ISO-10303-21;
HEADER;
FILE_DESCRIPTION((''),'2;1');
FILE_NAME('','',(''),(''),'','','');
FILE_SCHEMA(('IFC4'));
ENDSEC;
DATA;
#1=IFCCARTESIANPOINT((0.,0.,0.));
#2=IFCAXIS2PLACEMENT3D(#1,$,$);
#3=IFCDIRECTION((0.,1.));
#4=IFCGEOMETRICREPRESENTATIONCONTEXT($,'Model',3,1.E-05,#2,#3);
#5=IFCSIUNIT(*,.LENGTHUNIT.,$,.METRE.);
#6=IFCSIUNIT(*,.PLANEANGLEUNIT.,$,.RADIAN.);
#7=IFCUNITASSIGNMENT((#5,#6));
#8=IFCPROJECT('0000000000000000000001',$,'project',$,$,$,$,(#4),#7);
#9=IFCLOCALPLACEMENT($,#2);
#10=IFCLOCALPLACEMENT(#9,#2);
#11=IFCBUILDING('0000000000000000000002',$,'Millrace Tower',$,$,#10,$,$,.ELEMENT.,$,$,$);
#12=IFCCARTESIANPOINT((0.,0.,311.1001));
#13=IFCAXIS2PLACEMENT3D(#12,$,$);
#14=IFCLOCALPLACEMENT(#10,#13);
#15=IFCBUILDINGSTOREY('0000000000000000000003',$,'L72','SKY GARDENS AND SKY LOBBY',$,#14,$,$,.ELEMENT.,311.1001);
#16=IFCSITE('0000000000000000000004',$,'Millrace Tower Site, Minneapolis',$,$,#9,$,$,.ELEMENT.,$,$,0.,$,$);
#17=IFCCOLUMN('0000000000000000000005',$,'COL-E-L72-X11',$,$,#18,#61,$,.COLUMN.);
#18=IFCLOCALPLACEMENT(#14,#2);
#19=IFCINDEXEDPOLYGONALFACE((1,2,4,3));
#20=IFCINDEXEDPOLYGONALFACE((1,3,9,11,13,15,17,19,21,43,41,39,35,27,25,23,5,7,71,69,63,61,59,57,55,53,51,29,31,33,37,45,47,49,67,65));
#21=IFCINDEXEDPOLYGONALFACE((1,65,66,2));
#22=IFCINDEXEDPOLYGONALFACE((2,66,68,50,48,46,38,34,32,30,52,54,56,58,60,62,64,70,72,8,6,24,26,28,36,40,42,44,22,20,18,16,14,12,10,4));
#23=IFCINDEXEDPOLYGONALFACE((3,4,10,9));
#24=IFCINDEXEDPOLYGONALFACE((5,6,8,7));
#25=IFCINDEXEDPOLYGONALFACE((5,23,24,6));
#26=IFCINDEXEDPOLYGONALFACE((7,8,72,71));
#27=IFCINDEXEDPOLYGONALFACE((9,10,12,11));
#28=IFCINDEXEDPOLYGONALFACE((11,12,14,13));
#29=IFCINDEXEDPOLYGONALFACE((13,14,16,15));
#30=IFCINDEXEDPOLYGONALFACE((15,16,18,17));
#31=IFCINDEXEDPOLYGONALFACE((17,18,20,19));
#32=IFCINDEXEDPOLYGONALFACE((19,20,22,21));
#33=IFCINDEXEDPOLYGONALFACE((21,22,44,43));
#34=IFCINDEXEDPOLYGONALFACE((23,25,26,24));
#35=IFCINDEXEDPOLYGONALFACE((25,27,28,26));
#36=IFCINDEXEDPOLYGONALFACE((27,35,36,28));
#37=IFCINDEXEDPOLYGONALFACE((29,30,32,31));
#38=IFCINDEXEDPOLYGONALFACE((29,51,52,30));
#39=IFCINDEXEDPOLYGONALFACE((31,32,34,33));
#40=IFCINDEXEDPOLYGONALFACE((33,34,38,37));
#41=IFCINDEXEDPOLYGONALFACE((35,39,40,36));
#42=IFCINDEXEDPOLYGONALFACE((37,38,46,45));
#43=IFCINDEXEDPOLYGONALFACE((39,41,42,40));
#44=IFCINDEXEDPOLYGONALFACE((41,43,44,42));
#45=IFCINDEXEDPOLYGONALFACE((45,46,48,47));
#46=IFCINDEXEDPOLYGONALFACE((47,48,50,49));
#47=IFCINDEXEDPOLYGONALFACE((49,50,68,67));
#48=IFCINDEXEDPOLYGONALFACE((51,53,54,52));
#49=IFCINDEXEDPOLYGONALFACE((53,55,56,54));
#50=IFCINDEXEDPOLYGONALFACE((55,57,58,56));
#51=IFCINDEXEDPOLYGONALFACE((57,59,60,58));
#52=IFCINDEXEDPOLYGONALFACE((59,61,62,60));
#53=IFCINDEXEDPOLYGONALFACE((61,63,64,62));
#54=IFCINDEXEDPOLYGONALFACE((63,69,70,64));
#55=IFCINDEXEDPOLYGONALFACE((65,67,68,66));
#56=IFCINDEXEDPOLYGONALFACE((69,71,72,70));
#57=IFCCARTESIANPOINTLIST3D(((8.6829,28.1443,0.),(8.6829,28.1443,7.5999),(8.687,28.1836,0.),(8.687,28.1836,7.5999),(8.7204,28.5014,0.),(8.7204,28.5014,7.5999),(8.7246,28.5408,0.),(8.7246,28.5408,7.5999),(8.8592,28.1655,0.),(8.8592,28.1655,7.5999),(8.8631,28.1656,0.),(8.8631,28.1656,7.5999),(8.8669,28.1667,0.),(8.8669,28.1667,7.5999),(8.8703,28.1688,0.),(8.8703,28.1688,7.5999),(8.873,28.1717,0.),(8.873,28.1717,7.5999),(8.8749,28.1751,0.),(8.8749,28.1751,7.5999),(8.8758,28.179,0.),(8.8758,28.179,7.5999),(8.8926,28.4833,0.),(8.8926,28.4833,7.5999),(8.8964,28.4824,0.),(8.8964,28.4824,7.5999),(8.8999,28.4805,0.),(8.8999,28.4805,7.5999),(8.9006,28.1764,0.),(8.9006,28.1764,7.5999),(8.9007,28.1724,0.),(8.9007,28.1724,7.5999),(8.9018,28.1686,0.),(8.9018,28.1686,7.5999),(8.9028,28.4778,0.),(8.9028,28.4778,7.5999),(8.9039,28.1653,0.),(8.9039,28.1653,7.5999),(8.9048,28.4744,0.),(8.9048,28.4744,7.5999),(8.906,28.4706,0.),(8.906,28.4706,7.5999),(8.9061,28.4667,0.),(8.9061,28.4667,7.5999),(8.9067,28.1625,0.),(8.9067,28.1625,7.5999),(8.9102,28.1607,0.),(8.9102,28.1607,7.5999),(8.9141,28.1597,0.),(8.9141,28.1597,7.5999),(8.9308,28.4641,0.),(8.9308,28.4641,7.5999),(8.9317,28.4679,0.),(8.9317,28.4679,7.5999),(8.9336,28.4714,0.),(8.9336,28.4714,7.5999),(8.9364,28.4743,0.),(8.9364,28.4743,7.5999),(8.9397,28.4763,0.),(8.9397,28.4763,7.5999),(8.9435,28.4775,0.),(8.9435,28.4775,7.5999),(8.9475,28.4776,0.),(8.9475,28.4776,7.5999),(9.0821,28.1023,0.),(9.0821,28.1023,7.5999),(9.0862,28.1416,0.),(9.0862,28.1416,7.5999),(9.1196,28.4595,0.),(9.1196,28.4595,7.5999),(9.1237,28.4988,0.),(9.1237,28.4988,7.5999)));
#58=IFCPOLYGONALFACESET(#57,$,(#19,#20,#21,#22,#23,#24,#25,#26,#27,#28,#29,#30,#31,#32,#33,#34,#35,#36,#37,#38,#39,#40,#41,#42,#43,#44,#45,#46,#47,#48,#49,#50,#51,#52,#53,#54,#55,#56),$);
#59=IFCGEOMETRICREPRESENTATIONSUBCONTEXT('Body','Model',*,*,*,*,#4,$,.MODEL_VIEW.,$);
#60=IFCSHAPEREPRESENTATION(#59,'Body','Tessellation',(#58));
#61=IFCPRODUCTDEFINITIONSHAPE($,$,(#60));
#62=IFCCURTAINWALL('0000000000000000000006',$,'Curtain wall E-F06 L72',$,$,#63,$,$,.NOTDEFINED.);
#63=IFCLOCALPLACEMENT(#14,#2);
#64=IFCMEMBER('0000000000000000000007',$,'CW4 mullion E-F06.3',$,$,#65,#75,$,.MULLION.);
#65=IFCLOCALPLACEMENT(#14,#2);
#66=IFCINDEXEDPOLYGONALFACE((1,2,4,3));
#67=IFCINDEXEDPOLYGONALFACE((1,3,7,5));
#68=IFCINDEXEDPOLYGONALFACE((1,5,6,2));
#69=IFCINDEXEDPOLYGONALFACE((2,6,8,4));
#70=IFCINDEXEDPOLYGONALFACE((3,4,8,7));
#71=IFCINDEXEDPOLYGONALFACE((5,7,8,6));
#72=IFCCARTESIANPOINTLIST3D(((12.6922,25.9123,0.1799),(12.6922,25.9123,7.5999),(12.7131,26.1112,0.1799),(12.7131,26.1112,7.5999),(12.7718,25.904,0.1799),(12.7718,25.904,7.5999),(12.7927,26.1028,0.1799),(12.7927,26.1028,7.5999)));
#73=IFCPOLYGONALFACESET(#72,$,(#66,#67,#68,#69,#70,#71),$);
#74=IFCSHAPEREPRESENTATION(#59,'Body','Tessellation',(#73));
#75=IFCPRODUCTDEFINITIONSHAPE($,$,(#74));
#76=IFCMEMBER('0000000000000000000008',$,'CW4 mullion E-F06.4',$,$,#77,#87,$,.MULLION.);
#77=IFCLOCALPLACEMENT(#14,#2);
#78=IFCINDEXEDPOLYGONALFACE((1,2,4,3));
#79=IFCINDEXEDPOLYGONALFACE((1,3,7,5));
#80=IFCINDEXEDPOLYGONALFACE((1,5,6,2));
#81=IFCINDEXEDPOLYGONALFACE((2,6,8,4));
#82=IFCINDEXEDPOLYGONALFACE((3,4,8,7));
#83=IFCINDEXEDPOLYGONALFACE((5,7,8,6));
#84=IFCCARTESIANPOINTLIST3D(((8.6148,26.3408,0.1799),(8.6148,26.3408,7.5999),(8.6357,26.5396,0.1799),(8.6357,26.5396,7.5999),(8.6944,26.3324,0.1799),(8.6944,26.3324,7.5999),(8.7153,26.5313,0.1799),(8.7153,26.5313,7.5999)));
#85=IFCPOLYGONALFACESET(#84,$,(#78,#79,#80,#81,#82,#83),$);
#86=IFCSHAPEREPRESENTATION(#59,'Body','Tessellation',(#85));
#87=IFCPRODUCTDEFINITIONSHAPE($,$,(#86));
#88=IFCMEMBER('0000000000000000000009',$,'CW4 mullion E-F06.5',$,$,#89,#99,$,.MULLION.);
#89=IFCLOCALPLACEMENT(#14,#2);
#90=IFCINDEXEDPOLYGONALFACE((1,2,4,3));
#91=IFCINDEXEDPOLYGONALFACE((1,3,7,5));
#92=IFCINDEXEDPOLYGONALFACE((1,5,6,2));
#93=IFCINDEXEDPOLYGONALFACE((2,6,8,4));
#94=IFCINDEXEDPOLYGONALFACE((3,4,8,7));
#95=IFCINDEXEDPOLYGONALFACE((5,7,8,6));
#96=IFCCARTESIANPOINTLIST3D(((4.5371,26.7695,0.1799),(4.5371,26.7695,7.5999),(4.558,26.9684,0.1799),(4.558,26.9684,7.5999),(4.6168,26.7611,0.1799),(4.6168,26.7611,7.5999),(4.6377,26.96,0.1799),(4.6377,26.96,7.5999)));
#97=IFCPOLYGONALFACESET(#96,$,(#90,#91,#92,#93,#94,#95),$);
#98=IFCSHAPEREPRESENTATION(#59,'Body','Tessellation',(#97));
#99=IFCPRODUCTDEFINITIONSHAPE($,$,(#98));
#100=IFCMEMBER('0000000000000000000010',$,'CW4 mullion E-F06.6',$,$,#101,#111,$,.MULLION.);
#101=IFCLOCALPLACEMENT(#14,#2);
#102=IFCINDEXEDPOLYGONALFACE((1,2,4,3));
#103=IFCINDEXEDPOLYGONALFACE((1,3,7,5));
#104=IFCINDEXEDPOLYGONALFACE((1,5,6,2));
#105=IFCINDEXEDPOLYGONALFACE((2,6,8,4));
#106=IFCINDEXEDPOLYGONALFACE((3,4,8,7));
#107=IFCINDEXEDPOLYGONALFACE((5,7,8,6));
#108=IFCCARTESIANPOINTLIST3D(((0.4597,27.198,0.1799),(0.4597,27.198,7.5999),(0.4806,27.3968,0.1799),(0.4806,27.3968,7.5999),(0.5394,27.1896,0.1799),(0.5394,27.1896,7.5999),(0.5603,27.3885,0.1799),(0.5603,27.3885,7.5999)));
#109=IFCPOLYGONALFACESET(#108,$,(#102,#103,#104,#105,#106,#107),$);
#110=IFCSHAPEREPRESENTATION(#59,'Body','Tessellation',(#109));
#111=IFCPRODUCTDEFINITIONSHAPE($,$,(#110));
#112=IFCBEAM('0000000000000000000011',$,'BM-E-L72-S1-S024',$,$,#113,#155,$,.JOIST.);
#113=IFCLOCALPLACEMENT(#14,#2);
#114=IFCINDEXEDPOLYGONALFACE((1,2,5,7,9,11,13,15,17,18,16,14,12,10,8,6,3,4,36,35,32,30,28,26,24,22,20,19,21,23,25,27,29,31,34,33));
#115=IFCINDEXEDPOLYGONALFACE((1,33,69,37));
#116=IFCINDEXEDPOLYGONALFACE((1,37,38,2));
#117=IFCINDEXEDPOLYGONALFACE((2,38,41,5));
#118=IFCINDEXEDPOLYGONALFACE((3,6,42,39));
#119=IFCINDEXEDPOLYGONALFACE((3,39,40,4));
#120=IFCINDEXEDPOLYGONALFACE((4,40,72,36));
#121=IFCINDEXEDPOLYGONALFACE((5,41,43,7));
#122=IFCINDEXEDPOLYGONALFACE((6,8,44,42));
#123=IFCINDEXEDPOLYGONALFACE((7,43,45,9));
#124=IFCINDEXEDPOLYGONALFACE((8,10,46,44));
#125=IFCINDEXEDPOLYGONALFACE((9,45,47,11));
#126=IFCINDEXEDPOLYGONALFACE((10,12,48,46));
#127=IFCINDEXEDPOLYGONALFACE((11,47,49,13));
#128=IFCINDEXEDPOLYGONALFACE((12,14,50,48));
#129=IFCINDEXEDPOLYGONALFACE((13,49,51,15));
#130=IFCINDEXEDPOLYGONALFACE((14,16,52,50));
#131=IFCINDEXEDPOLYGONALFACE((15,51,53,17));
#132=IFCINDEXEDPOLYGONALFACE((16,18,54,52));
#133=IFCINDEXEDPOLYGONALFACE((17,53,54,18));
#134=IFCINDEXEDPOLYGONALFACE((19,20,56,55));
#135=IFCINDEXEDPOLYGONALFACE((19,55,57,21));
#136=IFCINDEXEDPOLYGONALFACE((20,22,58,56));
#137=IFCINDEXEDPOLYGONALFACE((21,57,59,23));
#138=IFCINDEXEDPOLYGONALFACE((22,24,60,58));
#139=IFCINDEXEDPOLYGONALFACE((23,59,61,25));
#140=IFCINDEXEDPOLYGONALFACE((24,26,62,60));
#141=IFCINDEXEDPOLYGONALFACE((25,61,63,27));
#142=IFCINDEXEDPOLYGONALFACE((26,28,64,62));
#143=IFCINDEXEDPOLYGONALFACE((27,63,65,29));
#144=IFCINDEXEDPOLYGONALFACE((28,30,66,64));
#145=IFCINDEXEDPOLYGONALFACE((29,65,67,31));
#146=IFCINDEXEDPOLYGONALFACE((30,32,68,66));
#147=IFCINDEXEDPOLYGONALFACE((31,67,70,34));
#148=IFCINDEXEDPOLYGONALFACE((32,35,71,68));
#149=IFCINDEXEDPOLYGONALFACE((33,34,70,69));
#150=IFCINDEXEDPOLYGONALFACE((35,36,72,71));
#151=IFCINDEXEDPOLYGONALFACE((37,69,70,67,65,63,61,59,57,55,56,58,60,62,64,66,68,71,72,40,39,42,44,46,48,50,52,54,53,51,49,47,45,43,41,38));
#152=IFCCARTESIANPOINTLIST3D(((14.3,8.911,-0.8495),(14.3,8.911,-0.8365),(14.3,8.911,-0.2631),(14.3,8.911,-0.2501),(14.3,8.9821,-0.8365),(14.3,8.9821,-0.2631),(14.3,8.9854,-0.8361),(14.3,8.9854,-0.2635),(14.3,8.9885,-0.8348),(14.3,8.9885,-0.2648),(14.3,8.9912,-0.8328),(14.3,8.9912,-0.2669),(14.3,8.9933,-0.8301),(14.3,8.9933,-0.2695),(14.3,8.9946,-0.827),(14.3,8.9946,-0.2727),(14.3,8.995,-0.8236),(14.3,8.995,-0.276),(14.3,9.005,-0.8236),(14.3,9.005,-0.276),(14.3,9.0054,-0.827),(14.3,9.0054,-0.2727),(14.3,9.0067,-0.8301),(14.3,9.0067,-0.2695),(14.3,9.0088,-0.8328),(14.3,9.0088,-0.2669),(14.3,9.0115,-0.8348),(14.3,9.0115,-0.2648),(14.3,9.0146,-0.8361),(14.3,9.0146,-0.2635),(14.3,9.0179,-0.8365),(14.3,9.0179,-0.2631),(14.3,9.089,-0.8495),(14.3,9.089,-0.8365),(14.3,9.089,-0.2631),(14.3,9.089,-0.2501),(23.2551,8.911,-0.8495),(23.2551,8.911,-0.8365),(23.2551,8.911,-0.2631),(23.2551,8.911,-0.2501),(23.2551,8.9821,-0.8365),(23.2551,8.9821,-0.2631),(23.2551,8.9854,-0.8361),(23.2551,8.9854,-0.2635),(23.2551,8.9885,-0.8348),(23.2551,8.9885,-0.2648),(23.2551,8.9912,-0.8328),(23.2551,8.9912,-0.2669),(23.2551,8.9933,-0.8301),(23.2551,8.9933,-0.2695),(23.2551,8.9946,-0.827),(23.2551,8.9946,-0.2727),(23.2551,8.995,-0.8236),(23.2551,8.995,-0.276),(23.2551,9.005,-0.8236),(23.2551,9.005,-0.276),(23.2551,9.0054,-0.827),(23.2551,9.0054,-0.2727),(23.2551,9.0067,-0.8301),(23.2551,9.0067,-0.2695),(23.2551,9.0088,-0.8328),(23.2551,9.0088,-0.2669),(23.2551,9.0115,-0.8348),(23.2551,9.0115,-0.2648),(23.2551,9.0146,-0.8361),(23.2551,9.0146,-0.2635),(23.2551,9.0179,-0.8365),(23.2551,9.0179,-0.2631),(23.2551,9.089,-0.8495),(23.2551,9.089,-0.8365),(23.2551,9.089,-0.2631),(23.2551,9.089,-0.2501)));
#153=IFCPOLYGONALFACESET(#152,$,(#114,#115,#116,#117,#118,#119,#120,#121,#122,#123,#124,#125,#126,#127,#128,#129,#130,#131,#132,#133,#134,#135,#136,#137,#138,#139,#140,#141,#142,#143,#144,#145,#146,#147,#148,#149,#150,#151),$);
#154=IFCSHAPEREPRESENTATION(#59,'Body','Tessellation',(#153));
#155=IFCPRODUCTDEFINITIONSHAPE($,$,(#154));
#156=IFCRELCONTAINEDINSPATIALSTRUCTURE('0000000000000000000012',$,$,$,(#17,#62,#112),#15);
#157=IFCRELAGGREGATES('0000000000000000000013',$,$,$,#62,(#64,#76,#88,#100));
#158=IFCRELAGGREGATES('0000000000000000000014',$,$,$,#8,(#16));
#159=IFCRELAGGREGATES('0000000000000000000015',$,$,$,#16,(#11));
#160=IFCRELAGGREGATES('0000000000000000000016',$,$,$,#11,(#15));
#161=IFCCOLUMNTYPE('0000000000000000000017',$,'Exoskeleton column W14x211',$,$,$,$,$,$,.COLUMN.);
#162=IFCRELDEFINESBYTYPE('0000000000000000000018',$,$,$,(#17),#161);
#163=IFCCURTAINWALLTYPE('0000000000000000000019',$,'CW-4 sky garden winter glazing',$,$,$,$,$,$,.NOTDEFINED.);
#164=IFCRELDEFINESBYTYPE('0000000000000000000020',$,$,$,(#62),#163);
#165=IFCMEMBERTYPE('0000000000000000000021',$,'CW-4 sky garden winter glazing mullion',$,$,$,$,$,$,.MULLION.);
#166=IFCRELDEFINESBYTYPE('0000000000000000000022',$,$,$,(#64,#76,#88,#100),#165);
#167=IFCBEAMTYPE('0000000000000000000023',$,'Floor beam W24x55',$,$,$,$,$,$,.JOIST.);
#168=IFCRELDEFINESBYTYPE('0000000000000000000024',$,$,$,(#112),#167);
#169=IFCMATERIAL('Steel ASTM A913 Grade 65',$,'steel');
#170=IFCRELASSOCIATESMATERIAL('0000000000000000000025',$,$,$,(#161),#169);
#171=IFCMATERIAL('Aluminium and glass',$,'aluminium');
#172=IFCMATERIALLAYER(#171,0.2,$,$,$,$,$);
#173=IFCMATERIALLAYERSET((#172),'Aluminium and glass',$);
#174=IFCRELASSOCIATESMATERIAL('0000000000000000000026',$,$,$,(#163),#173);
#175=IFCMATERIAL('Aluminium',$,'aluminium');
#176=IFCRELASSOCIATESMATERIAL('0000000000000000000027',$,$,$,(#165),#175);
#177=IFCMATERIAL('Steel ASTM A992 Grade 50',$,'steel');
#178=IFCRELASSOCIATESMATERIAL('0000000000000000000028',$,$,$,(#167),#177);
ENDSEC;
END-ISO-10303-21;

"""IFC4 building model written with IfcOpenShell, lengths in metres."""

from ifc_helpers import new_model, si_unit, direction, frame, origin, origin_2d, place, context, subcontext, project, spatial, rectangle, i_section, extrude, material, layer, layer_set, material_profile, profile_set, type_object, element, aggregate, save


model = new_model("IFC4")

# Units and contexts
model_context = context("Model", 3, precision=1e-05, world=origin(), true_north=direction((0.0, 1.0)))
body_context = subcontext(model_context, "Body", "Model", "MODEL_VIEW")
ifc_project = project(units=[si_unit("LENGTHUNIT", "METRE"), si_unit("PLANEANGLEUNIT", "RADIAN")], contexts=[model_context])

# Site, building, storey
site_placement = place(None, origin())
site = spatial("IfcSite", under=ifc_project, at=site_placement, Name="Millrace Tower Site, Minneapolis", CompositionType="ELEMENT", RefElevation=0.0)
building_placement = place(site_placement, origin())
building = spatial("IfcBuilding", under=site, at=building_placement, Name="Millrace Tower", CompositionType="ELEMENT")
storey_placement = place(building_placement, frame((0.0, 0.0, 311.1001)))
storey = spatial("IfcBuildingStorey", under=building, at=storey_placement, Name="L72", Description="SKY GARDENS AND SKY LOBBY", CompositionType="ELEMENT", Elevation=311.1001)

# Column
ifc_material_1 = material(Name="Steel ASTM A913 Grade 65", Category="steel")
ifc_material_profile_1 = material_profile(ifc_material_1, i_section(OverallWidth=0.4014, OverallDepth=0.3987, WebThickness=0.0249, FlangeThickness=0.0396, FilletRadius=0.0151, at=origin_2d()))
ifc_profile_set_1 = profile_set([ifc_material_profile_1], Name="Steel ASTM A913 Grade 65")
column_type = type_object("IfcColumnType", Name="Exoskeleton column W14x211", PredefinedType="COLUMN", material=ifc_profile_set_1)
column_placement = place(storey_placement, frame((8.9033, 28.3215, 0.0), z_axis=(0.0, 0.0, 1.0), x_axis=(-0.994522, 0.104528, 0.0)))
element("IfcColumn", 1, at=column_placement, inside=storey, type_object=column_type, Name="COL-E-L72-X11", PredefinedType="COLUMN", context=body_context, shape_type="SweptSolid", body=[
    extrude(i_section(OverallWidth=0.4014, OverallDepth=0.3987, WebThickness=0.0249, FlangeThickness=0.0396, FilletRadius=0.0151, at=origin_2d()), origin(), (0.0, 0.0, 1.0), 7.5999),
])

# Curtain wall, members
ifc_material_2 = material(Name="Aluminium and glass", Category="aluminium")
ifc_layer_1 = layer(ifc_material_2, 0.2)
ifc_layer_set_1 = layer_set([ifc_layer_1], Name="Aluminium and glass")
curtain_wall_type = type_object("IfcCurtainWallType", Name="CW-4 sky garden winter glazing", PredefinedType="NOTDEFINED", material=ifc_layer_set_1)
curtain_wall_placement = place(storey_placement, origin())
curtain_wall = element("IfcCurtainWall", 2, at=curtain_wall_placement, inside=storey, type_object=curtain_wall_type, Name="Curtain wall E-F06 L72", PredefinedType="NOTDEFINED")
ifc_material_3 = material(Name="Aluminium", Category="aluminium")
ifc_material_profile_2 = material_profile(ifc_material_3, rectangle(XDim=0.0801, YDim=0.2, at=origin_2d()))
ifc_profile_set_2 = profile_set([ifc_material_profile_2], Name="Aluminium")
member_type = type_object("IfcMemberType", Name="CW-4 sky garden winter glazing mullion", PredefinedType="MULLION", material=ifc_profile_set_2)
member_1_placement = place(storey_placement, frame((12.7424, 26.0076, 0.1799), z_axis=(0.0, 0.0, 1.0), x_axis=(-0.994522, 0.104528, 0.0)))
member_1 = element("IfcMember", 3, at=member_1_placement, type_object=member_type, Name="CW4 mullion E-F06.3", PredefinedType="MULLION", context=body_context, shape_type="SweptSolid", body=[
    extrude(rectangle(XDim=0.0801, YDim=0.2, at=origin_2d()), origin(), (0.0, 0.0, 1.0), 7.4199),
])
member_2_placement = place(storey_placement, frame((8.665, 26.436, 0.1799), z_axis=(0.0, 0.0, 1.0), x_axis=(-0.994522, 0.104528, 0.0)))
member_2 = element("IfcMember", 4, at=member_2_placement, type_object=member_type, Name="CW4 mullion E-F06.4", PredefinedType="MULLION", context=body_context, shape_type="SweptSolid", body=[
    extrude(rectangle(XDim=0.0801, YDim=0.2, at=origin_2d()), origin(), (0.0, 0.0, 1.0), 7.4199),
])
member_3_placement = place(storey_placement, frame((4.5874, 26.8647, 0.1799), z_axis=(0.0, 0.0, 1.0), x_axis=(-0.994522, 0.104528, 0.0)))
member_3 = element("IfcMember", 5, at=member_3_placement, type_object=member_type, Name="CW4 mullion E-F06.5", PredefinedType="MULLION", context=body_context, shape_type="SweptSolid", body=[
    extrude(rectangle(XDim=0.0801, YDim=0.2, at=origin_2d()), origin(), (0.0, 0.0, 1.0), 7.4199),
])
member_4_placement = place(storey_placement, frame((0.51, 27.2932, 0.1799), z_axis=(0.0, 0.0, 1.0), x_axis=(-0.994522, 0.104528, 0.0)))
member_4 = element("IfcMember", 6, at=member_4_placement, type_object=member_type, Name="CW4 mullion E-F06.6", PredefinedType="MULLION", context=body_context, shape_type="SweptSolid", body=[
    extrude(rectangle(XDim=0.0801, YDim=0.2, at=origin_2d()), origin(), (0.0, 0.0, 1.0), 7.4199),
])
aggregate(curtain_wall, [member_1, member_2, member_3, member_4])

# Beam
ifc_material_4 = material(Name="Steel ASTM A992 Grade 50", Category="steel")
ifc_material_profile_3 = material_profile(ifc_material_4, i_section(OverallWidth=0.178, OverallDepth=0.5994, WebThickness=0.01, FlangeThickness=0.0129, FilletRadius=0.0129, at=origin_2d()))
ifc_profile_set_3 = profile_set([ifc_material_profile_3], Name="Steel ASTM A992 Grade 50")
beam_type_1 = type_object("IfcBeamType", Name="Floor beam W24x55", PredefinedType="JOIST", material=ifc_profile_set_3)
beam_1_placement = place(storey_placement, frame((14.3, 9.0, -0.5498), z_axis=(1.0, 0.0, 0.0), x_axis=(0.0, 1.0, 0.0)))
element("IfcBeam", 7, at=beam_1_placement, inside=storey, type_object=beam_type_1, Name="BM-E-L72-S1-S024", PredefinedType="JOIST", context=body_context, shape_type="SweptSolid", body=[
    extrude(i_section(OverallWidth=0.178, OverallDepth=0.5994, WebThickness=0.01, FlangeThickness=0.0129, FilletRadius=0.0129, at=origin_2d()), origin(), (0.0, 0.0, 1.0), 8.9551),
])

save(model, "model.ifc")
